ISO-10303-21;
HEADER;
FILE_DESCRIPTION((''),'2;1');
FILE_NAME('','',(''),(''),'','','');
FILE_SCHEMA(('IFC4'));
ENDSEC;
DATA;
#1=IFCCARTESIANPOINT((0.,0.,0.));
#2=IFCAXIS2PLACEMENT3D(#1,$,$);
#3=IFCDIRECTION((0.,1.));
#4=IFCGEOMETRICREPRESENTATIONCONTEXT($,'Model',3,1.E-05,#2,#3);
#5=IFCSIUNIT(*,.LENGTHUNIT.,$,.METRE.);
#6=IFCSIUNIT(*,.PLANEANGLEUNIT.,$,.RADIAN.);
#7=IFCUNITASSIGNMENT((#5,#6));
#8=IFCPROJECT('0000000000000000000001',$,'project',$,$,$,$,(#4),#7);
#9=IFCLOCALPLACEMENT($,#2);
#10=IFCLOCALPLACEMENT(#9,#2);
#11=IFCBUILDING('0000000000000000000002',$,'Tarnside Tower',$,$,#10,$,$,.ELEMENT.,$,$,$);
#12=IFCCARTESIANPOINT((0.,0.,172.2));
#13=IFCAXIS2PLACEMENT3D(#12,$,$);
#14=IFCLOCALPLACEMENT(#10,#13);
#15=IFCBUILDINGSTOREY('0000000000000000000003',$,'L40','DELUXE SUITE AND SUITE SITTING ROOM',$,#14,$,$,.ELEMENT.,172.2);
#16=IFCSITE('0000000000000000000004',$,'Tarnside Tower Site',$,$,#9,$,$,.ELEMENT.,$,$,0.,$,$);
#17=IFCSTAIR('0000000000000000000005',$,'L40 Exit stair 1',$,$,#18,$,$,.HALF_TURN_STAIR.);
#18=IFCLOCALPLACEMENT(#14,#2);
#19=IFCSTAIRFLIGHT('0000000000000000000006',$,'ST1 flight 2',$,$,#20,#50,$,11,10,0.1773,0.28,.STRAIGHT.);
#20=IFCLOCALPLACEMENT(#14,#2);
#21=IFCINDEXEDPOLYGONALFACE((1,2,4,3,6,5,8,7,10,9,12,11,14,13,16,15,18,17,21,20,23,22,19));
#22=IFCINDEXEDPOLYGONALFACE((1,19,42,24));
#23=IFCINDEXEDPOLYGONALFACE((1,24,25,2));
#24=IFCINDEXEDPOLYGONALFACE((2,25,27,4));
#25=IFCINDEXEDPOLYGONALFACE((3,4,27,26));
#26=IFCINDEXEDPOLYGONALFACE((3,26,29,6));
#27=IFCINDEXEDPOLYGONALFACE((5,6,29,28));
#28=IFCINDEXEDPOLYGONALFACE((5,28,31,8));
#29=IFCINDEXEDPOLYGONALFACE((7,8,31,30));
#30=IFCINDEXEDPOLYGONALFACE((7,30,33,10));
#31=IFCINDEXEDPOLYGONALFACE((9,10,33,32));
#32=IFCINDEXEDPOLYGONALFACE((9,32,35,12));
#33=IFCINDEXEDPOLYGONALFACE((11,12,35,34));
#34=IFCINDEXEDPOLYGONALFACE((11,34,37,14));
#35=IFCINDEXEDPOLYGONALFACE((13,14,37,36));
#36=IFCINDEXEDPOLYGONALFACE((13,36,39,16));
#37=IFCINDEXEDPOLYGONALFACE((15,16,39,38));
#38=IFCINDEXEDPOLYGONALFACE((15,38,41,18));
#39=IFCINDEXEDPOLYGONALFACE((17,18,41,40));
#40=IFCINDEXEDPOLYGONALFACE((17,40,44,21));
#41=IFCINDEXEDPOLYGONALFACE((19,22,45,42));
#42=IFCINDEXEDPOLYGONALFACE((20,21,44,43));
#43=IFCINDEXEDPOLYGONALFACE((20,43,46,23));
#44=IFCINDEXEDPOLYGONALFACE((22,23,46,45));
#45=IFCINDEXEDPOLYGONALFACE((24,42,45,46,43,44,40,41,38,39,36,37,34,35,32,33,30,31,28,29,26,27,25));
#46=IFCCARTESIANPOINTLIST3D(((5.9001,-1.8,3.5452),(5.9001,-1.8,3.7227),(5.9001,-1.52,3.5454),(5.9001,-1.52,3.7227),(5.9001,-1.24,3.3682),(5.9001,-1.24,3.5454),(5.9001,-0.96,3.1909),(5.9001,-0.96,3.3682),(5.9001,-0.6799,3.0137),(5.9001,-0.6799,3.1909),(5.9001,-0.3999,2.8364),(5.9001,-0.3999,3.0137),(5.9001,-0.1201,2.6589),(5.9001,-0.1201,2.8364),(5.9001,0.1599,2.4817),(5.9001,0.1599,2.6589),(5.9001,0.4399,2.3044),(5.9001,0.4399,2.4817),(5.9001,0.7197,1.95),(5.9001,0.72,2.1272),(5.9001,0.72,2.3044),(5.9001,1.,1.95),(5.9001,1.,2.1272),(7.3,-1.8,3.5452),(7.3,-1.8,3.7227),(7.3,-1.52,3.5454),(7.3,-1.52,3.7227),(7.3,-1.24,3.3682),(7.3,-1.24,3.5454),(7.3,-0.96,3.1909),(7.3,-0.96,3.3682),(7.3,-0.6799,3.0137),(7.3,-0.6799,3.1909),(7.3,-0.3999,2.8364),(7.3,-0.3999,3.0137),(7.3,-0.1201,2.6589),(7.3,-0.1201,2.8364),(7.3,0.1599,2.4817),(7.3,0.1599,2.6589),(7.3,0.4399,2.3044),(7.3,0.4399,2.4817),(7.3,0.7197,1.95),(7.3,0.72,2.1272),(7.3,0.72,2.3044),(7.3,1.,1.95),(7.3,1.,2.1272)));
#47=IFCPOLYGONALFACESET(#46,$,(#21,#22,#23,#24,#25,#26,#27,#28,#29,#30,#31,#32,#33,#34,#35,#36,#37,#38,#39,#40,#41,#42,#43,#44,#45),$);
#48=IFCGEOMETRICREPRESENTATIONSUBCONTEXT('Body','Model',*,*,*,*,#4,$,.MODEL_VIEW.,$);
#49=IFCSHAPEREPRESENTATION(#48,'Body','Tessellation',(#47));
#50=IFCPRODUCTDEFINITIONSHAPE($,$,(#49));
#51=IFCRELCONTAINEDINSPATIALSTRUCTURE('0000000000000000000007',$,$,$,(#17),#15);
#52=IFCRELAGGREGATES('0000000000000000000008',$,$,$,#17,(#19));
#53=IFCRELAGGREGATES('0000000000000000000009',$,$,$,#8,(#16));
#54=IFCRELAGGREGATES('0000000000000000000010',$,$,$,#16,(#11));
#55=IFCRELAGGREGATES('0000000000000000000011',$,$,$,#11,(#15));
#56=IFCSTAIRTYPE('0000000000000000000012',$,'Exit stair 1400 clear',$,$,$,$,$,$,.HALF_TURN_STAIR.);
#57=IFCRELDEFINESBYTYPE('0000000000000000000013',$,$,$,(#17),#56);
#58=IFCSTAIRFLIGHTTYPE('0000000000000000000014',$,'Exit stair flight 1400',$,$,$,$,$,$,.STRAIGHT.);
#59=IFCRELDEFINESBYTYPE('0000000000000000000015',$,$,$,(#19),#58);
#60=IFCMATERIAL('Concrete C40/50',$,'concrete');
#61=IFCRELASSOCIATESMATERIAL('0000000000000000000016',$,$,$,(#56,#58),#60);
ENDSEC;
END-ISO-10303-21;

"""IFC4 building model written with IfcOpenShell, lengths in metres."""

from ifc_helpers import new_model, si_unit, direction, frame, origin, place, context, subcontext, project, spatial, polyline, outline, extrude, material, type_object, element, aggregate, save


model = new_model("IFC4")

# Units and contexts
model_context = context("Model", 3, precision=1e-05, world=origin(), true_north=direction((0.0, 1.0)))
body_context = subcontext(model_context, "Body", "Model", "MODEL_VIEW")
ifc_project = project(units=[si_unit("LENGTHUNIT", "METRE"), si_unit("PLANEANGLEUNIT", "RADIAN")], contexts=[model_context])

# Site, building, storey
site_placement = place(None, origin())
site = spatial("IfcSite", under=ifc_project, at=site_placement, Name="Tarnside Tower Site", CompositionType="ELEMENT", RefElevation=0.0)
building_placement = place(site_placement, origin())
building = spatial("IfcBuilding", under=site, at=building_placement, Name="Tarnside Tower", CompositionType="ELEMENT")
storey_placement = place(building_placement, frame((0.0, 0.0, 172.2)))
storey = spatial("IfcBuildingStorey", under=building, at=storey_placement, Name="L40", Description="DELUXE SUITE AND SUITE SITTING ROOM", CompositionType="ELEMENT", Elevation=172.2)

# Shared definitions
ifc_material_1 = material(Name="Concrete C40/50", Category="concrete")

# Stair, stair flight
stair_type = type_object("IfcStairType", Name="Exit stair 1400 clear", PredefinedType="HALF_TURN_STAIR", material=ifc_material_1)
stair_placement = place(storey_placement, origin())
stair = element("IfcStair", 1, at=stair_placement, inside=storey, type_object=stair_type, Name="L40 Exit stair 1", PredefinedType="HALF_TURN_STAIR")
stair_flight_type = type_object("IfcStairFlightType", Name="Exit stair flight 1400", PredefinedType="STRAIGHT", material=ifc_material_1)
stair_flight_placement = place(storey_placement, frame((6.6001, 1.0, 1.95), z_axis=(0.0, 0.0, 1.0), x_axis=(0.0, -1.0, 0.0)))
stair_flight = element("IfcStairFlight", 2, at=stair_flight_placement, type_object=stair_flight_type, Name="ST1 flight 2", NumberOfRisers=11, NumberOfTreads=10, PredefinedType="STRAIGHT", RiserHeight=0.1773, TreadLength=0.28, context=body_context, shape_type="SweptSolid", body=[
    extrude(outline(polyline([(0.0, 0.0), (0.0, 0.1772), (0.28, 0.1772), (0.28, 0.3545), (0.5601, 0.3545), (0.5601, 0.5317), (0.8401, 0.5317), (0.8401, 0.709), (1.1201, 0.709), (1.1201, 0.8865), (1.3999, 0.8865), (1.3999, 1.0637), (1.6799, 1.0637), (1.6799, 1.241), (1.96, 1.241), (1.96, 1.4182), (2.24, 1.4182), (2.24, 1.5955), (2.52, 1.5955), (2.52, 1.7727), (2.8, 1.7727), (2.8, 1.95), (2.8, 1.5952), (0.2803, 0.0), (0.0, 0.0)])), frame((0.0, 0.7, 0.0), z_axis=(0.0, -1.0, 0.0), x_axis=(1.0, 0.0, 0.0)), (0.0, 0.0, 1.0), 1.3999),
])
aggregate(stair, [stair_flight])

save(model, "model.ifc")
